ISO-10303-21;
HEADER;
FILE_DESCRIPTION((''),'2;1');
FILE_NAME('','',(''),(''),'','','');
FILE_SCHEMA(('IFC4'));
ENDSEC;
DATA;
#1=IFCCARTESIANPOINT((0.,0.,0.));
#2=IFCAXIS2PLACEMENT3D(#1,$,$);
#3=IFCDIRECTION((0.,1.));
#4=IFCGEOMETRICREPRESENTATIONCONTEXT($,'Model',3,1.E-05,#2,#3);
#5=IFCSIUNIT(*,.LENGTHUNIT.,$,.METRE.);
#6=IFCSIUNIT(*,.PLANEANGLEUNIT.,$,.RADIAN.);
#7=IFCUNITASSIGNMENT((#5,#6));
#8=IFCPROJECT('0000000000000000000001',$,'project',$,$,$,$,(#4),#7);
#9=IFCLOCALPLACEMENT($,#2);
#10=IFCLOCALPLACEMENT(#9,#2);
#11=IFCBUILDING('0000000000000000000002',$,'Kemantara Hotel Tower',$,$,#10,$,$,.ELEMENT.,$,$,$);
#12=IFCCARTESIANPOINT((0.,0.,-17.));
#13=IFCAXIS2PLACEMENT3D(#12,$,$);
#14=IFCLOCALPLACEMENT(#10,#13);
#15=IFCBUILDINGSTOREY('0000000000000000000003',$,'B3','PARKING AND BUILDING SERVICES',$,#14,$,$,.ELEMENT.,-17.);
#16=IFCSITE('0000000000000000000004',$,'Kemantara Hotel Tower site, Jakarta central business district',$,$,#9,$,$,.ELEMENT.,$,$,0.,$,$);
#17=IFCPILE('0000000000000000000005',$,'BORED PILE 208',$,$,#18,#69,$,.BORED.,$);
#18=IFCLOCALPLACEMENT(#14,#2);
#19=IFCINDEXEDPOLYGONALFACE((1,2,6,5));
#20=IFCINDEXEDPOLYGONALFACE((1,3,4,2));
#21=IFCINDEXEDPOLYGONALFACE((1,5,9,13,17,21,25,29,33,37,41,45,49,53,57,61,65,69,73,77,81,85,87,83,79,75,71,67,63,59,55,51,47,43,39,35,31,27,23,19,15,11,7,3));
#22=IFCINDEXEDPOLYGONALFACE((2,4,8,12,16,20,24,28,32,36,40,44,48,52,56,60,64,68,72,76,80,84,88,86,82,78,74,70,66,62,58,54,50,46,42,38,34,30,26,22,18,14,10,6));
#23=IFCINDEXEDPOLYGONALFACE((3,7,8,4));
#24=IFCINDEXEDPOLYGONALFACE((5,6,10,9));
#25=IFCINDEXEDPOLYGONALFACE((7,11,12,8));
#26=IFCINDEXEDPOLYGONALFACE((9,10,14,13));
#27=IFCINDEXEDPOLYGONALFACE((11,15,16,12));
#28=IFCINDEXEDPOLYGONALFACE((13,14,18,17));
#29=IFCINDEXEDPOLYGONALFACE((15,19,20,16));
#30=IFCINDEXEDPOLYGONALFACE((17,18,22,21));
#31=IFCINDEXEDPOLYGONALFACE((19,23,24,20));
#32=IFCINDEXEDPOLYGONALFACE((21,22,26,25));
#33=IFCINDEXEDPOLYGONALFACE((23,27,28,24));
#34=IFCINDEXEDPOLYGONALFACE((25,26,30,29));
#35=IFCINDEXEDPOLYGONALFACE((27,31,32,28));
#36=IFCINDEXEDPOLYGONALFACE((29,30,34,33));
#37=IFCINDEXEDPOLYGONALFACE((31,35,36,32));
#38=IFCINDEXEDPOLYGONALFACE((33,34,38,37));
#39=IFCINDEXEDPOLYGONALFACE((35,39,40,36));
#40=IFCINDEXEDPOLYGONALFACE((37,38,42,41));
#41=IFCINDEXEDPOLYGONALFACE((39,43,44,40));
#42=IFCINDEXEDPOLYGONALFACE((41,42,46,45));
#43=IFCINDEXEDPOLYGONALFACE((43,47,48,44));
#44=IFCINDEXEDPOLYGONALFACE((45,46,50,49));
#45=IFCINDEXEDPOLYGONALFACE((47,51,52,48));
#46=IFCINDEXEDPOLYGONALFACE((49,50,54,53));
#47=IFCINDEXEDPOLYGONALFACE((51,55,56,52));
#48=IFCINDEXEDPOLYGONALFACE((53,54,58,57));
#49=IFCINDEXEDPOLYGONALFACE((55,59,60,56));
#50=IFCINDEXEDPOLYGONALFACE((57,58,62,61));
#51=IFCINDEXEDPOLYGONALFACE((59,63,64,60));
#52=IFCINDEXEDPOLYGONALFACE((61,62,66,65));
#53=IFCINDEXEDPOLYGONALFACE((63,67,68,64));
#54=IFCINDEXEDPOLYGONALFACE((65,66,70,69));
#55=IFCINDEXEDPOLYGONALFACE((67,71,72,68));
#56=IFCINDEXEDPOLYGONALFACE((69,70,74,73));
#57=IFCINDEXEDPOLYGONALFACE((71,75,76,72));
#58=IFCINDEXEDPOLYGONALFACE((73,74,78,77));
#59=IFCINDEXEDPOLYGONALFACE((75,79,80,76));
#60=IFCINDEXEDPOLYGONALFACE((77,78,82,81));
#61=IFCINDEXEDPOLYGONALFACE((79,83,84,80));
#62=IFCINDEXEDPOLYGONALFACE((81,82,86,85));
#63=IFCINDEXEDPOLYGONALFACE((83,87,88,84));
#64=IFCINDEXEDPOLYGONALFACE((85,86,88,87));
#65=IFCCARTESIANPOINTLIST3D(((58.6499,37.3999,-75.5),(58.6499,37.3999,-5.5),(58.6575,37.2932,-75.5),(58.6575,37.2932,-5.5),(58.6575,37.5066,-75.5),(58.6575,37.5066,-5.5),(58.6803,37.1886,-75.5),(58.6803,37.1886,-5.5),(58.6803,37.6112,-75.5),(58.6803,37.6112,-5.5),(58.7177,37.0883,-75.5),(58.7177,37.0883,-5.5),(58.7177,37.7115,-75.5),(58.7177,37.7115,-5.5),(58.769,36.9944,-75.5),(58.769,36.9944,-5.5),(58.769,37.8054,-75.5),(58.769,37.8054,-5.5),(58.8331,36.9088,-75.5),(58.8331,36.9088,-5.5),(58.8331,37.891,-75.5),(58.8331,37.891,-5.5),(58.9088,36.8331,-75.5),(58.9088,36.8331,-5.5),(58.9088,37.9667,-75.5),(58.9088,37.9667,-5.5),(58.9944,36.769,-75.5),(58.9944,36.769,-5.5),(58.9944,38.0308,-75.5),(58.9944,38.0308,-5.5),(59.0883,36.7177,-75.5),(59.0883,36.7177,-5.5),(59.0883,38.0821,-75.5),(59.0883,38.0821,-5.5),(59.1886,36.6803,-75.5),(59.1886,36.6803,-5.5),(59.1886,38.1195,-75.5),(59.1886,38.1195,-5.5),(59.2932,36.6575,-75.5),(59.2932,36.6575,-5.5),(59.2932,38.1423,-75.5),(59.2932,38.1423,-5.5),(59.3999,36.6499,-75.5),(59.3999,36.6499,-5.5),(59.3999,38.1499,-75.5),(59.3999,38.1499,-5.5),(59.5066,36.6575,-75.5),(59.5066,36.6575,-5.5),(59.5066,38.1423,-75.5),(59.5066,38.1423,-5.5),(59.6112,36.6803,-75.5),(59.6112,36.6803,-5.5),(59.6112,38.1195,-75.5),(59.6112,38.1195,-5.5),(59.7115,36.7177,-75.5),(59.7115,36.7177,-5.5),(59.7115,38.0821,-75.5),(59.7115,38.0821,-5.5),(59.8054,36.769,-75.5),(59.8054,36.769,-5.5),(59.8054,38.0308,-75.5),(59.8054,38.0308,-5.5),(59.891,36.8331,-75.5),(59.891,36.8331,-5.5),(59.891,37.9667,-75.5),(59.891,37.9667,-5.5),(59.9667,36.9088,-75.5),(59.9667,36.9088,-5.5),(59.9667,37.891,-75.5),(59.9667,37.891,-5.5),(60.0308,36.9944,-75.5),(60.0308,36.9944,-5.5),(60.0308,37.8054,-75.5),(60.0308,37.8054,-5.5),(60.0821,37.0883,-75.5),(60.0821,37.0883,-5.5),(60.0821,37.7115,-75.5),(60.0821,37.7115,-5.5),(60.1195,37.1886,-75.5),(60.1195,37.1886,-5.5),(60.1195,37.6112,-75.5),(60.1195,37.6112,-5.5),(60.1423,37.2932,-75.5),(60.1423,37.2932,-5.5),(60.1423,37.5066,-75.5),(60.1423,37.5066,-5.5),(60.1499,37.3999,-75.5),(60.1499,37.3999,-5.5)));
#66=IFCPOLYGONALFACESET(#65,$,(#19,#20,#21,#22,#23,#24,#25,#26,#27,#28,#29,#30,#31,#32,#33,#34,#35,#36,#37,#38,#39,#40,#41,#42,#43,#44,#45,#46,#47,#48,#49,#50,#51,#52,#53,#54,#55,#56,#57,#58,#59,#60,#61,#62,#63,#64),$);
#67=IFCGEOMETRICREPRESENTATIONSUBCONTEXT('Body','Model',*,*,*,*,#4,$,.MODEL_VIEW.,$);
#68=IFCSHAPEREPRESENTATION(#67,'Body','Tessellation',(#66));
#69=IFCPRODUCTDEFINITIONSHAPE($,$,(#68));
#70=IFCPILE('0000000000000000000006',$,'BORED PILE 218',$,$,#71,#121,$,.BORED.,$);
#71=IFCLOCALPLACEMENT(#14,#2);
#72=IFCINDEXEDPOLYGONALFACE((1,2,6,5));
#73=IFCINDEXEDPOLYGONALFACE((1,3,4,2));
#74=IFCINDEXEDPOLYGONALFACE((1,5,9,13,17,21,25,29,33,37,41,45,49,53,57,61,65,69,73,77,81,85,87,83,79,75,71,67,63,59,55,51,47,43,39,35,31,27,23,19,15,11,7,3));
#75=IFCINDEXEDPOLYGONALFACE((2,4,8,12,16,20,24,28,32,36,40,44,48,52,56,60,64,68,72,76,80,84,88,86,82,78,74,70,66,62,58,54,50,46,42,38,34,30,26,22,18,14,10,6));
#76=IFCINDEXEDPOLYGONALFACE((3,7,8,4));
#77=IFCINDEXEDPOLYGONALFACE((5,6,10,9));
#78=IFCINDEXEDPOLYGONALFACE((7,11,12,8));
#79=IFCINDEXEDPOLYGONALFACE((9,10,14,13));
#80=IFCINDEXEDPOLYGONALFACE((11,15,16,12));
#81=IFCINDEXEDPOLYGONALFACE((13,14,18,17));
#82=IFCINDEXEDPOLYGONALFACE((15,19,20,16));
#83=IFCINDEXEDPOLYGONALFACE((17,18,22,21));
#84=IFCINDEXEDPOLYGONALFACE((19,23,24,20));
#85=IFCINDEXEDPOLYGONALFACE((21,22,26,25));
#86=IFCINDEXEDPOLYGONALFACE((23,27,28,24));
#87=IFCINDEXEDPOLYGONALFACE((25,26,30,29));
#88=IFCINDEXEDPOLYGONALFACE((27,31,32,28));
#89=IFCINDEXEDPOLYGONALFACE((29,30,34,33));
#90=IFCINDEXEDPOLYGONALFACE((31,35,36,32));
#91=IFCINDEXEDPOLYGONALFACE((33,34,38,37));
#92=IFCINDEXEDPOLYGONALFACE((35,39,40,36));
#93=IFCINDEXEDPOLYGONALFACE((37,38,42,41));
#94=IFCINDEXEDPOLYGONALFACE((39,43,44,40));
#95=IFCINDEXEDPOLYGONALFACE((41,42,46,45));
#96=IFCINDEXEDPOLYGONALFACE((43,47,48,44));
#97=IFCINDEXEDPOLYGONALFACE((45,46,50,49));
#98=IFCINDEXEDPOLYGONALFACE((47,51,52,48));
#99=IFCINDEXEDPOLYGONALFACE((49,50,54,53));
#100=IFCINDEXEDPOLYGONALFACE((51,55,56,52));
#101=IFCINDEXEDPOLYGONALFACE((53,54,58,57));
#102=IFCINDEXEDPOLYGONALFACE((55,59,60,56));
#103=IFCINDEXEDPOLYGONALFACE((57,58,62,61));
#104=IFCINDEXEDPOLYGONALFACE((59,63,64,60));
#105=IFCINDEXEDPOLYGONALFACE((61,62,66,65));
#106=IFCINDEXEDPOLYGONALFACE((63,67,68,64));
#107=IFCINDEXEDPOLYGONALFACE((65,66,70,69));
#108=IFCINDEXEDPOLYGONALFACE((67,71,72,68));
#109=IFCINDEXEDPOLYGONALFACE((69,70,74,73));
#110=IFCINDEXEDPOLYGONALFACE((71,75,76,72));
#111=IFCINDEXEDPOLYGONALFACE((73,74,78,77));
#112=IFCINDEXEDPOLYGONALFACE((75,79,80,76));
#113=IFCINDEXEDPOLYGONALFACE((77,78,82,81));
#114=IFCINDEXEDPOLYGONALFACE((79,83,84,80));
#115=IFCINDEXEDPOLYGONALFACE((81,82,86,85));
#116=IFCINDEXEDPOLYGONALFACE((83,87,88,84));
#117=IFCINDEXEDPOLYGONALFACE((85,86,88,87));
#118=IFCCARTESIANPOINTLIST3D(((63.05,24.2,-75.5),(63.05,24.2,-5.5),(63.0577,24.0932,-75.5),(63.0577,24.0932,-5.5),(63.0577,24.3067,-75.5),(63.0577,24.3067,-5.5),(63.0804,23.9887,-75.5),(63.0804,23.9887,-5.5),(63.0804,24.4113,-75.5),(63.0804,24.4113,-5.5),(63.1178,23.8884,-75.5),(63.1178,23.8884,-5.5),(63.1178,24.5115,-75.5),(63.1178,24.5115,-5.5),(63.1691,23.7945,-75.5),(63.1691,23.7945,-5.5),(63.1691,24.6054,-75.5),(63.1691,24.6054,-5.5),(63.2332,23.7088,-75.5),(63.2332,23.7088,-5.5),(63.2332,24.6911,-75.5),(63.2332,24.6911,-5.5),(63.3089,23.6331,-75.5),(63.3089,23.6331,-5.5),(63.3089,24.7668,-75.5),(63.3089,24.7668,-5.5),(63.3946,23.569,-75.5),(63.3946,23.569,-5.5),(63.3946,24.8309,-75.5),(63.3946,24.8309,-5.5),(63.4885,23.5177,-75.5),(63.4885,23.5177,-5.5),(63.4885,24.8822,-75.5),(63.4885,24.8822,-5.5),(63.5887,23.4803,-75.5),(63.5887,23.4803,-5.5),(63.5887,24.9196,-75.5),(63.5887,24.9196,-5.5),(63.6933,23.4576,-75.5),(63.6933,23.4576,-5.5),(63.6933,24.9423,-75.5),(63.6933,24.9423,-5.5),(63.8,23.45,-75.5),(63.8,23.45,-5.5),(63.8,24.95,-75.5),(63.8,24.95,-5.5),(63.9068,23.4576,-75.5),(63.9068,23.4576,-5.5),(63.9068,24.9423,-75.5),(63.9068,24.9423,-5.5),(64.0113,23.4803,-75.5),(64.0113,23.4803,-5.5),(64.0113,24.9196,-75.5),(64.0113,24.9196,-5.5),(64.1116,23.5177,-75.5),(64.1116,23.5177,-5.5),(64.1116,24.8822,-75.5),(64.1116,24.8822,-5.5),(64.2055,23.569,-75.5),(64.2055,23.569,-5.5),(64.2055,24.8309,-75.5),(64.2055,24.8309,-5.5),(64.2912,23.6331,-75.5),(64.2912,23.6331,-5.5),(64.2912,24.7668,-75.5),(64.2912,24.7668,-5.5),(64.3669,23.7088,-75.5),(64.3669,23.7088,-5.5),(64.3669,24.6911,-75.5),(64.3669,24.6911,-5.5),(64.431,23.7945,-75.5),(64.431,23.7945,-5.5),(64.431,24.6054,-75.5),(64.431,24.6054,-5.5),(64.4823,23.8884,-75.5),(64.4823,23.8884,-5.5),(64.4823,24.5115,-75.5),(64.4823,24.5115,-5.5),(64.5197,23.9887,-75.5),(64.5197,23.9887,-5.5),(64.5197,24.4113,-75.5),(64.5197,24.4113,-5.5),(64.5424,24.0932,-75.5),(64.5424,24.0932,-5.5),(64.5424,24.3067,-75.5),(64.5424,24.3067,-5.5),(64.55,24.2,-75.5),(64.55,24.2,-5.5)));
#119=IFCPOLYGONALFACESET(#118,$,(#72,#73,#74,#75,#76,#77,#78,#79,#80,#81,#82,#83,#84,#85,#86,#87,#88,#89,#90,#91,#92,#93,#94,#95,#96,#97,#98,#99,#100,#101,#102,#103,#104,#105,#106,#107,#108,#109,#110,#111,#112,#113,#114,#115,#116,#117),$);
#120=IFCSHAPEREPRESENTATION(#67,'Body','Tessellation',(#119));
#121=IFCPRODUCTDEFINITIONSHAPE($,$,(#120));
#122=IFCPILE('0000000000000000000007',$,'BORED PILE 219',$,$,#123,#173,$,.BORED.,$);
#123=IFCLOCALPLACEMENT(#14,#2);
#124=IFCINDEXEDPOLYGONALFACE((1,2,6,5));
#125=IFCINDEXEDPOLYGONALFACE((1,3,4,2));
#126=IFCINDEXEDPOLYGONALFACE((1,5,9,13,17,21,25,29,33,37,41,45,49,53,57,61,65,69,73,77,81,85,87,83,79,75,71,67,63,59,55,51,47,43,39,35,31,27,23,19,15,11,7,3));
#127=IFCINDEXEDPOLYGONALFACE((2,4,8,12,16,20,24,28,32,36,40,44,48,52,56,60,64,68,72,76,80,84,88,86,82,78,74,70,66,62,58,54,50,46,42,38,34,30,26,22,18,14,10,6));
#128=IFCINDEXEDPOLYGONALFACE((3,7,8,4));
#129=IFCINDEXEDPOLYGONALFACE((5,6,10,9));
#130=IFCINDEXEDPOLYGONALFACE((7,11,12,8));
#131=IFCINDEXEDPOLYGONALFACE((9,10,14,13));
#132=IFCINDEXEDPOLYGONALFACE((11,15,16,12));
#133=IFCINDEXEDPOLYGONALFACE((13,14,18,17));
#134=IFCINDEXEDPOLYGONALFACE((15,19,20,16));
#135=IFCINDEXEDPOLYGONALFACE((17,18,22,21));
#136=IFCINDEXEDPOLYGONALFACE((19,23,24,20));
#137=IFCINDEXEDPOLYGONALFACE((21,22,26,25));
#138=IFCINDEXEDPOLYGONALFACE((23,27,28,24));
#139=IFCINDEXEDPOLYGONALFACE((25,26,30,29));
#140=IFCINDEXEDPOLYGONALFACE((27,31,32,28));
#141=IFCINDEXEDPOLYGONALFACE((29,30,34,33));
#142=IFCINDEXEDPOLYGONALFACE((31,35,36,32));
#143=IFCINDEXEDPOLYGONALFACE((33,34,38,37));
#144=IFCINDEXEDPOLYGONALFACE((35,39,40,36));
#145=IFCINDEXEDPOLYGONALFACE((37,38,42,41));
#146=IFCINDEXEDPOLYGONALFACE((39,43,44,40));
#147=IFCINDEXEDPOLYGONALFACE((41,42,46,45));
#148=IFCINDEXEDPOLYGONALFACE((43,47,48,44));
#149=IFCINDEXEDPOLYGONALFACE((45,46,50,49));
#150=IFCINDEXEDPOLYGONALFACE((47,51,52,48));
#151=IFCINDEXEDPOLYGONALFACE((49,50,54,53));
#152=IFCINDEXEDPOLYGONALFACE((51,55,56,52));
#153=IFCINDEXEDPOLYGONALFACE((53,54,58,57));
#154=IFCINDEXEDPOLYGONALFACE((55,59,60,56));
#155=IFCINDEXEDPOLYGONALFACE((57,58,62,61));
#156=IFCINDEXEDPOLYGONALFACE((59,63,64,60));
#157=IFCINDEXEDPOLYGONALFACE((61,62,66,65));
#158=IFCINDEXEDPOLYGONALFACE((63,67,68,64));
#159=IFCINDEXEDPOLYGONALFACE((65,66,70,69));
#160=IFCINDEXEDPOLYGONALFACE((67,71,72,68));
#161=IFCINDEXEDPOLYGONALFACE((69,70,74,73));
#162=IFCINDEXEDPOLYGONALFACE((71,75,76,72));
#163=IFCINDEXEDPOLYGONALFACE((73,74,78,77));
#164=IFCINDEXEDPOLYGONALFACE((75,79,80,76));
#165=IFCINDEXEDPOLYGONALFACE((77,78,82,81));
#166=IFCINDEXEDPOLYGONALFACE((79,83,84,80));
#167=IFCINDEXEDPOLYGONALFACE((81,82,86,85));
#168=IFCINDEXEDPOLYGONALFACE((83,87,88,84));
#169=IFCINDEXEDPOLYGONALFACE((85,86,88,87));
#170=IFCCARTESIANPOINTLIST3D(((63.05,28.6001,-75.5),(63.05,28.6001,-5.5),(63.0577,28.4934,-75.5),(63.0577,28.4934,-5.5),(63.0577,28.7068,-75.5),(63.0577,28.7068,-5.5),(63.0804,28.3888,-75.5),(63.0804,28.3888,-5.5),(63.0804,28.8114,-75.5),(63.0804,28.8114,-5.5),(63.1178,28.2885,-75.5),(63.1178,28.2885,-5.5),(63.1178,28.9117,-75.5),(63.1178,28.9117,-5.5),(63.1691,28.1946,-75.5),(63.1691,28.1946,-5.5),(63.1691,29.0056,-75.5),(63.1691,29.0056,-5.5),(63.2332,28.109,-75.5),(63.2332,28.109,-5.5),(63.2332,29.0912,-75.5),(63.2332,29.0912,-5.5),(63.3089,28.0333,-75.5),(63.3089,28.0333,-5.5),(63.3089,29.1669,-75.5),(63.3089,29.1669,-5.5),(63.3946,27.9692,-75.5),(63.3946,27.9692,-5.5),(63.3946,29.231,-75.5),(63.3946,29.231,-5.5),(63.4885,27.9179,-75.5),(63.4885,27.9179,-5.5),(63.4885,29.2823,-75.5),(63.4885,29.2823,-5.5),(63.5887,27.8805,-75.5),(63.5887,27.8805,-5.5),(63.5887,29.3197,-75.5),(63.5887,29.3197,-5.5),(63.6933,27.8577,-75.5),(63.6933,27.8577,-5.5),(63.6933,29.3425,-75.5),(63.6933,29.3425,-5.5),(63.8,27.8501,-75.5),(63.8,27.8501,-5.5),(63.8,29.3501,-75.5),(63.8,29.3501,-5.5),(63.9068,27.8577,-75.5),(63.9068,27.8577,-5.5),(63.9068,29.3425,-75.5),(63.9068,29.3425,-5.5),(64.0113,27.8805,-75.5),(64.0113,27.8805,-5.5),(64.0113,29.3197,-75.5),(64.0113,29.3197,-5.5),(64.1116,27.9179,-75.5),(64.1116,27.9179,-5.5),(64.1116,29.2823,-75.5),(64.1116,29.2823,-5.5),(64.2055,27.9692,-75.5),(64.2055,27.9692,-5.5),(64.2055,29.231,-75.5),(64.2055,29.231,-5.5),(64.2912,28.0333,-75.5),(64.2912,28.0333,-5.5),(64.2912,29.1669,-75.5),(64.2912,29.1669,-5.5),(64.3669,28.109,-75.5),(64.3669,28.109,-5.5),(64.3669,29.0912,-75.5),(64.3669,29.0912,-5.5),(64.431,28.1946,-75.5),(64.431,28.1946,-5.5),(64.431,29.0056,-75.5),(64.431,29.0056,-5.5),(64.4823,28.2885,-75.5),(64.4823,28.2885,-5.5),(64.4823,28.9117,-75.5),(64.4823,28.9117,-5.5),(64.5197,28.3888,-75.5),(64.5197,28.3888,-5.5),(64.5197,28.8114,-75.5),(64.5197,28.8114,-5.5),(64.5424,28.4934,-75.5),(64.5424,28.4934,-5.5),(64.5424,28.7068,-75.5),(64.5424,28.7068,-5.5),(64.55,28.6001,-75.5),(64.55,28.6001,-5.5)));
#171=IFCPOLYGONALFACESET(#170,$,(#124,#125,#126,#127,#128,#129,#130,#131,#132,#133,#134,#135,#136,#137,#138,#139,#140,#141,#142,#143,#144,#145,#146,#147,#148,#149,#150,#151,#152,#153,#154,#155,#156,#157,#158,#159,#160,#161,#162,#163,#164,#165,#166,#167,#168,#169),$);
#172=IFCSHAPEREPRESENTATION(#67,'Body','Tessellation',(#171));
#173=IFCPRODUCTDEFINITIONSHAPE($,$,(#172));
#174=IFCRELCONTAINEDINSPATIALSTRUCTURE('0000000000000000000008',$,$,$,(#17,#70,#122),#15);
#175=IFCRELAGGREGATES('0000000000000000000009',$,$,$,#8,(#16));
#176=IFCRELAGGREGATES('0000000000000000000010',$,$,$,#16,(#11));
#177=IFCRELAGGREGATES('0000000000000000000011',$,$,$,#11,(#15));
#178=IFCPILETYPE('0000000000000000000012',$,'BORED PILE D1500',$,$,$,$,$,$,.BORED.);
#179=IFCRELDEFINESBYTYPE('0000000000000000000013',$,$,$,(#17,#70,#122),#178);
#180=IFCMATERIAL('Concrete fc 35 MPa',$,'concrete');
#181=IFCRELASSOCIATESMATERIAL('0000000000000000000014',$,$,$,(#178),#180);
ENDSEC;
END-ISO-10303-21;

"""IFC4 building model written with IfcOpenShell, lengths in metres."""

from ifc_helpers import new_model, si_unit, direction, frame, origin, origin_2d, place, context, subcontext, project, spatial, circle, extrude, material, material_profile, profile_set, type_object, element, save


model = new_model("IFC4")

# Units and contexts
model_context = context("Model", 3, precision=1e-05, world=origin(), true_north=direction((0.0, 1.0)))
body_context = subcontext(model_context, "Body", "Model", "MODEL_VIEW")
ifc_project = project(units=[si_unit("LENGTHUNIT", "METRE"), si_unit("PLANEANGLEUNIT", "RADIAN")], contexts=[model_context])

# Site, building, storey
site_placement = place(None, origin())
site = spatial("IfcSite", under=ifc_project, at=site_placement, Name="Kemantara Hotel Tower site, Jakarta central business district", CompositionType="ELEMENT", RefElevation=0.0)
building_placement = place(site_placement, origin())
building = spatial("IfcBuilding", under=site, at=building_placement, Name="Kemantara Hotel Tower", CompositionType="ELEMENT")
storey_placement = place(building_placement, frame((0.0, 0.0, -17.0)))
storey = spatial("IfcBuildingStorey", under=building, at=storey_placement, Name="B3", Description="PARKING AND BUILDING SERVICES", CompositionType="ELEMENT", Elevation=-17.0)

# Piles
ifc_material_1 = material(Name="Concrete fc 35 MPa", Category="concrete")
ifc_material_profile_1 = material_profile(ifc_material_1, circle(Radius=0.75, at=origin_2d()), Name="BORED PILE D1500")
ifc_profile_set_1 = profile_set([ifc_material_profile_1], Name="Concrete fc 35 MPa")
pile_type = type_object("IfcPileType", Name="BORED PILE D1500", PredefinedType="BORED", material=ifc_profile_set_1)
for number, where, z_axis, x_axis, name in (
    (1, (59.3999, 37.3999, -5.5), (0.0, 0.0, -1.0), (1.0, 0.0, 0.0), "BORED PILE 208"),
    (2, (63.8, 24.2, -5.5), (0.0, 0.0, -1.0), (1.0, 0.0, 0.0), "BORED PILE 218"),
    (3, (63.8, 28.6001, -5.5), (0.0, 0.0, -1.0), (1.0, 0.0, 0.0), "BORED PILE 219"),
):
    element("IfcPile", number, at=place(storey_placement, frame(where, z_axis=z_axis, x_axis=x_axis)), inside=storey, type_object=pile_type, Name=name, PredefinedType="BORED", context=body_context, shape_type="SweptSolid", body=[
        extrude(circle(Radius=0.75, at=origin_2d()), origin(), (0.0, 0.0, 1.0), 70.0),
    ])

save(model, "model.ifc")
